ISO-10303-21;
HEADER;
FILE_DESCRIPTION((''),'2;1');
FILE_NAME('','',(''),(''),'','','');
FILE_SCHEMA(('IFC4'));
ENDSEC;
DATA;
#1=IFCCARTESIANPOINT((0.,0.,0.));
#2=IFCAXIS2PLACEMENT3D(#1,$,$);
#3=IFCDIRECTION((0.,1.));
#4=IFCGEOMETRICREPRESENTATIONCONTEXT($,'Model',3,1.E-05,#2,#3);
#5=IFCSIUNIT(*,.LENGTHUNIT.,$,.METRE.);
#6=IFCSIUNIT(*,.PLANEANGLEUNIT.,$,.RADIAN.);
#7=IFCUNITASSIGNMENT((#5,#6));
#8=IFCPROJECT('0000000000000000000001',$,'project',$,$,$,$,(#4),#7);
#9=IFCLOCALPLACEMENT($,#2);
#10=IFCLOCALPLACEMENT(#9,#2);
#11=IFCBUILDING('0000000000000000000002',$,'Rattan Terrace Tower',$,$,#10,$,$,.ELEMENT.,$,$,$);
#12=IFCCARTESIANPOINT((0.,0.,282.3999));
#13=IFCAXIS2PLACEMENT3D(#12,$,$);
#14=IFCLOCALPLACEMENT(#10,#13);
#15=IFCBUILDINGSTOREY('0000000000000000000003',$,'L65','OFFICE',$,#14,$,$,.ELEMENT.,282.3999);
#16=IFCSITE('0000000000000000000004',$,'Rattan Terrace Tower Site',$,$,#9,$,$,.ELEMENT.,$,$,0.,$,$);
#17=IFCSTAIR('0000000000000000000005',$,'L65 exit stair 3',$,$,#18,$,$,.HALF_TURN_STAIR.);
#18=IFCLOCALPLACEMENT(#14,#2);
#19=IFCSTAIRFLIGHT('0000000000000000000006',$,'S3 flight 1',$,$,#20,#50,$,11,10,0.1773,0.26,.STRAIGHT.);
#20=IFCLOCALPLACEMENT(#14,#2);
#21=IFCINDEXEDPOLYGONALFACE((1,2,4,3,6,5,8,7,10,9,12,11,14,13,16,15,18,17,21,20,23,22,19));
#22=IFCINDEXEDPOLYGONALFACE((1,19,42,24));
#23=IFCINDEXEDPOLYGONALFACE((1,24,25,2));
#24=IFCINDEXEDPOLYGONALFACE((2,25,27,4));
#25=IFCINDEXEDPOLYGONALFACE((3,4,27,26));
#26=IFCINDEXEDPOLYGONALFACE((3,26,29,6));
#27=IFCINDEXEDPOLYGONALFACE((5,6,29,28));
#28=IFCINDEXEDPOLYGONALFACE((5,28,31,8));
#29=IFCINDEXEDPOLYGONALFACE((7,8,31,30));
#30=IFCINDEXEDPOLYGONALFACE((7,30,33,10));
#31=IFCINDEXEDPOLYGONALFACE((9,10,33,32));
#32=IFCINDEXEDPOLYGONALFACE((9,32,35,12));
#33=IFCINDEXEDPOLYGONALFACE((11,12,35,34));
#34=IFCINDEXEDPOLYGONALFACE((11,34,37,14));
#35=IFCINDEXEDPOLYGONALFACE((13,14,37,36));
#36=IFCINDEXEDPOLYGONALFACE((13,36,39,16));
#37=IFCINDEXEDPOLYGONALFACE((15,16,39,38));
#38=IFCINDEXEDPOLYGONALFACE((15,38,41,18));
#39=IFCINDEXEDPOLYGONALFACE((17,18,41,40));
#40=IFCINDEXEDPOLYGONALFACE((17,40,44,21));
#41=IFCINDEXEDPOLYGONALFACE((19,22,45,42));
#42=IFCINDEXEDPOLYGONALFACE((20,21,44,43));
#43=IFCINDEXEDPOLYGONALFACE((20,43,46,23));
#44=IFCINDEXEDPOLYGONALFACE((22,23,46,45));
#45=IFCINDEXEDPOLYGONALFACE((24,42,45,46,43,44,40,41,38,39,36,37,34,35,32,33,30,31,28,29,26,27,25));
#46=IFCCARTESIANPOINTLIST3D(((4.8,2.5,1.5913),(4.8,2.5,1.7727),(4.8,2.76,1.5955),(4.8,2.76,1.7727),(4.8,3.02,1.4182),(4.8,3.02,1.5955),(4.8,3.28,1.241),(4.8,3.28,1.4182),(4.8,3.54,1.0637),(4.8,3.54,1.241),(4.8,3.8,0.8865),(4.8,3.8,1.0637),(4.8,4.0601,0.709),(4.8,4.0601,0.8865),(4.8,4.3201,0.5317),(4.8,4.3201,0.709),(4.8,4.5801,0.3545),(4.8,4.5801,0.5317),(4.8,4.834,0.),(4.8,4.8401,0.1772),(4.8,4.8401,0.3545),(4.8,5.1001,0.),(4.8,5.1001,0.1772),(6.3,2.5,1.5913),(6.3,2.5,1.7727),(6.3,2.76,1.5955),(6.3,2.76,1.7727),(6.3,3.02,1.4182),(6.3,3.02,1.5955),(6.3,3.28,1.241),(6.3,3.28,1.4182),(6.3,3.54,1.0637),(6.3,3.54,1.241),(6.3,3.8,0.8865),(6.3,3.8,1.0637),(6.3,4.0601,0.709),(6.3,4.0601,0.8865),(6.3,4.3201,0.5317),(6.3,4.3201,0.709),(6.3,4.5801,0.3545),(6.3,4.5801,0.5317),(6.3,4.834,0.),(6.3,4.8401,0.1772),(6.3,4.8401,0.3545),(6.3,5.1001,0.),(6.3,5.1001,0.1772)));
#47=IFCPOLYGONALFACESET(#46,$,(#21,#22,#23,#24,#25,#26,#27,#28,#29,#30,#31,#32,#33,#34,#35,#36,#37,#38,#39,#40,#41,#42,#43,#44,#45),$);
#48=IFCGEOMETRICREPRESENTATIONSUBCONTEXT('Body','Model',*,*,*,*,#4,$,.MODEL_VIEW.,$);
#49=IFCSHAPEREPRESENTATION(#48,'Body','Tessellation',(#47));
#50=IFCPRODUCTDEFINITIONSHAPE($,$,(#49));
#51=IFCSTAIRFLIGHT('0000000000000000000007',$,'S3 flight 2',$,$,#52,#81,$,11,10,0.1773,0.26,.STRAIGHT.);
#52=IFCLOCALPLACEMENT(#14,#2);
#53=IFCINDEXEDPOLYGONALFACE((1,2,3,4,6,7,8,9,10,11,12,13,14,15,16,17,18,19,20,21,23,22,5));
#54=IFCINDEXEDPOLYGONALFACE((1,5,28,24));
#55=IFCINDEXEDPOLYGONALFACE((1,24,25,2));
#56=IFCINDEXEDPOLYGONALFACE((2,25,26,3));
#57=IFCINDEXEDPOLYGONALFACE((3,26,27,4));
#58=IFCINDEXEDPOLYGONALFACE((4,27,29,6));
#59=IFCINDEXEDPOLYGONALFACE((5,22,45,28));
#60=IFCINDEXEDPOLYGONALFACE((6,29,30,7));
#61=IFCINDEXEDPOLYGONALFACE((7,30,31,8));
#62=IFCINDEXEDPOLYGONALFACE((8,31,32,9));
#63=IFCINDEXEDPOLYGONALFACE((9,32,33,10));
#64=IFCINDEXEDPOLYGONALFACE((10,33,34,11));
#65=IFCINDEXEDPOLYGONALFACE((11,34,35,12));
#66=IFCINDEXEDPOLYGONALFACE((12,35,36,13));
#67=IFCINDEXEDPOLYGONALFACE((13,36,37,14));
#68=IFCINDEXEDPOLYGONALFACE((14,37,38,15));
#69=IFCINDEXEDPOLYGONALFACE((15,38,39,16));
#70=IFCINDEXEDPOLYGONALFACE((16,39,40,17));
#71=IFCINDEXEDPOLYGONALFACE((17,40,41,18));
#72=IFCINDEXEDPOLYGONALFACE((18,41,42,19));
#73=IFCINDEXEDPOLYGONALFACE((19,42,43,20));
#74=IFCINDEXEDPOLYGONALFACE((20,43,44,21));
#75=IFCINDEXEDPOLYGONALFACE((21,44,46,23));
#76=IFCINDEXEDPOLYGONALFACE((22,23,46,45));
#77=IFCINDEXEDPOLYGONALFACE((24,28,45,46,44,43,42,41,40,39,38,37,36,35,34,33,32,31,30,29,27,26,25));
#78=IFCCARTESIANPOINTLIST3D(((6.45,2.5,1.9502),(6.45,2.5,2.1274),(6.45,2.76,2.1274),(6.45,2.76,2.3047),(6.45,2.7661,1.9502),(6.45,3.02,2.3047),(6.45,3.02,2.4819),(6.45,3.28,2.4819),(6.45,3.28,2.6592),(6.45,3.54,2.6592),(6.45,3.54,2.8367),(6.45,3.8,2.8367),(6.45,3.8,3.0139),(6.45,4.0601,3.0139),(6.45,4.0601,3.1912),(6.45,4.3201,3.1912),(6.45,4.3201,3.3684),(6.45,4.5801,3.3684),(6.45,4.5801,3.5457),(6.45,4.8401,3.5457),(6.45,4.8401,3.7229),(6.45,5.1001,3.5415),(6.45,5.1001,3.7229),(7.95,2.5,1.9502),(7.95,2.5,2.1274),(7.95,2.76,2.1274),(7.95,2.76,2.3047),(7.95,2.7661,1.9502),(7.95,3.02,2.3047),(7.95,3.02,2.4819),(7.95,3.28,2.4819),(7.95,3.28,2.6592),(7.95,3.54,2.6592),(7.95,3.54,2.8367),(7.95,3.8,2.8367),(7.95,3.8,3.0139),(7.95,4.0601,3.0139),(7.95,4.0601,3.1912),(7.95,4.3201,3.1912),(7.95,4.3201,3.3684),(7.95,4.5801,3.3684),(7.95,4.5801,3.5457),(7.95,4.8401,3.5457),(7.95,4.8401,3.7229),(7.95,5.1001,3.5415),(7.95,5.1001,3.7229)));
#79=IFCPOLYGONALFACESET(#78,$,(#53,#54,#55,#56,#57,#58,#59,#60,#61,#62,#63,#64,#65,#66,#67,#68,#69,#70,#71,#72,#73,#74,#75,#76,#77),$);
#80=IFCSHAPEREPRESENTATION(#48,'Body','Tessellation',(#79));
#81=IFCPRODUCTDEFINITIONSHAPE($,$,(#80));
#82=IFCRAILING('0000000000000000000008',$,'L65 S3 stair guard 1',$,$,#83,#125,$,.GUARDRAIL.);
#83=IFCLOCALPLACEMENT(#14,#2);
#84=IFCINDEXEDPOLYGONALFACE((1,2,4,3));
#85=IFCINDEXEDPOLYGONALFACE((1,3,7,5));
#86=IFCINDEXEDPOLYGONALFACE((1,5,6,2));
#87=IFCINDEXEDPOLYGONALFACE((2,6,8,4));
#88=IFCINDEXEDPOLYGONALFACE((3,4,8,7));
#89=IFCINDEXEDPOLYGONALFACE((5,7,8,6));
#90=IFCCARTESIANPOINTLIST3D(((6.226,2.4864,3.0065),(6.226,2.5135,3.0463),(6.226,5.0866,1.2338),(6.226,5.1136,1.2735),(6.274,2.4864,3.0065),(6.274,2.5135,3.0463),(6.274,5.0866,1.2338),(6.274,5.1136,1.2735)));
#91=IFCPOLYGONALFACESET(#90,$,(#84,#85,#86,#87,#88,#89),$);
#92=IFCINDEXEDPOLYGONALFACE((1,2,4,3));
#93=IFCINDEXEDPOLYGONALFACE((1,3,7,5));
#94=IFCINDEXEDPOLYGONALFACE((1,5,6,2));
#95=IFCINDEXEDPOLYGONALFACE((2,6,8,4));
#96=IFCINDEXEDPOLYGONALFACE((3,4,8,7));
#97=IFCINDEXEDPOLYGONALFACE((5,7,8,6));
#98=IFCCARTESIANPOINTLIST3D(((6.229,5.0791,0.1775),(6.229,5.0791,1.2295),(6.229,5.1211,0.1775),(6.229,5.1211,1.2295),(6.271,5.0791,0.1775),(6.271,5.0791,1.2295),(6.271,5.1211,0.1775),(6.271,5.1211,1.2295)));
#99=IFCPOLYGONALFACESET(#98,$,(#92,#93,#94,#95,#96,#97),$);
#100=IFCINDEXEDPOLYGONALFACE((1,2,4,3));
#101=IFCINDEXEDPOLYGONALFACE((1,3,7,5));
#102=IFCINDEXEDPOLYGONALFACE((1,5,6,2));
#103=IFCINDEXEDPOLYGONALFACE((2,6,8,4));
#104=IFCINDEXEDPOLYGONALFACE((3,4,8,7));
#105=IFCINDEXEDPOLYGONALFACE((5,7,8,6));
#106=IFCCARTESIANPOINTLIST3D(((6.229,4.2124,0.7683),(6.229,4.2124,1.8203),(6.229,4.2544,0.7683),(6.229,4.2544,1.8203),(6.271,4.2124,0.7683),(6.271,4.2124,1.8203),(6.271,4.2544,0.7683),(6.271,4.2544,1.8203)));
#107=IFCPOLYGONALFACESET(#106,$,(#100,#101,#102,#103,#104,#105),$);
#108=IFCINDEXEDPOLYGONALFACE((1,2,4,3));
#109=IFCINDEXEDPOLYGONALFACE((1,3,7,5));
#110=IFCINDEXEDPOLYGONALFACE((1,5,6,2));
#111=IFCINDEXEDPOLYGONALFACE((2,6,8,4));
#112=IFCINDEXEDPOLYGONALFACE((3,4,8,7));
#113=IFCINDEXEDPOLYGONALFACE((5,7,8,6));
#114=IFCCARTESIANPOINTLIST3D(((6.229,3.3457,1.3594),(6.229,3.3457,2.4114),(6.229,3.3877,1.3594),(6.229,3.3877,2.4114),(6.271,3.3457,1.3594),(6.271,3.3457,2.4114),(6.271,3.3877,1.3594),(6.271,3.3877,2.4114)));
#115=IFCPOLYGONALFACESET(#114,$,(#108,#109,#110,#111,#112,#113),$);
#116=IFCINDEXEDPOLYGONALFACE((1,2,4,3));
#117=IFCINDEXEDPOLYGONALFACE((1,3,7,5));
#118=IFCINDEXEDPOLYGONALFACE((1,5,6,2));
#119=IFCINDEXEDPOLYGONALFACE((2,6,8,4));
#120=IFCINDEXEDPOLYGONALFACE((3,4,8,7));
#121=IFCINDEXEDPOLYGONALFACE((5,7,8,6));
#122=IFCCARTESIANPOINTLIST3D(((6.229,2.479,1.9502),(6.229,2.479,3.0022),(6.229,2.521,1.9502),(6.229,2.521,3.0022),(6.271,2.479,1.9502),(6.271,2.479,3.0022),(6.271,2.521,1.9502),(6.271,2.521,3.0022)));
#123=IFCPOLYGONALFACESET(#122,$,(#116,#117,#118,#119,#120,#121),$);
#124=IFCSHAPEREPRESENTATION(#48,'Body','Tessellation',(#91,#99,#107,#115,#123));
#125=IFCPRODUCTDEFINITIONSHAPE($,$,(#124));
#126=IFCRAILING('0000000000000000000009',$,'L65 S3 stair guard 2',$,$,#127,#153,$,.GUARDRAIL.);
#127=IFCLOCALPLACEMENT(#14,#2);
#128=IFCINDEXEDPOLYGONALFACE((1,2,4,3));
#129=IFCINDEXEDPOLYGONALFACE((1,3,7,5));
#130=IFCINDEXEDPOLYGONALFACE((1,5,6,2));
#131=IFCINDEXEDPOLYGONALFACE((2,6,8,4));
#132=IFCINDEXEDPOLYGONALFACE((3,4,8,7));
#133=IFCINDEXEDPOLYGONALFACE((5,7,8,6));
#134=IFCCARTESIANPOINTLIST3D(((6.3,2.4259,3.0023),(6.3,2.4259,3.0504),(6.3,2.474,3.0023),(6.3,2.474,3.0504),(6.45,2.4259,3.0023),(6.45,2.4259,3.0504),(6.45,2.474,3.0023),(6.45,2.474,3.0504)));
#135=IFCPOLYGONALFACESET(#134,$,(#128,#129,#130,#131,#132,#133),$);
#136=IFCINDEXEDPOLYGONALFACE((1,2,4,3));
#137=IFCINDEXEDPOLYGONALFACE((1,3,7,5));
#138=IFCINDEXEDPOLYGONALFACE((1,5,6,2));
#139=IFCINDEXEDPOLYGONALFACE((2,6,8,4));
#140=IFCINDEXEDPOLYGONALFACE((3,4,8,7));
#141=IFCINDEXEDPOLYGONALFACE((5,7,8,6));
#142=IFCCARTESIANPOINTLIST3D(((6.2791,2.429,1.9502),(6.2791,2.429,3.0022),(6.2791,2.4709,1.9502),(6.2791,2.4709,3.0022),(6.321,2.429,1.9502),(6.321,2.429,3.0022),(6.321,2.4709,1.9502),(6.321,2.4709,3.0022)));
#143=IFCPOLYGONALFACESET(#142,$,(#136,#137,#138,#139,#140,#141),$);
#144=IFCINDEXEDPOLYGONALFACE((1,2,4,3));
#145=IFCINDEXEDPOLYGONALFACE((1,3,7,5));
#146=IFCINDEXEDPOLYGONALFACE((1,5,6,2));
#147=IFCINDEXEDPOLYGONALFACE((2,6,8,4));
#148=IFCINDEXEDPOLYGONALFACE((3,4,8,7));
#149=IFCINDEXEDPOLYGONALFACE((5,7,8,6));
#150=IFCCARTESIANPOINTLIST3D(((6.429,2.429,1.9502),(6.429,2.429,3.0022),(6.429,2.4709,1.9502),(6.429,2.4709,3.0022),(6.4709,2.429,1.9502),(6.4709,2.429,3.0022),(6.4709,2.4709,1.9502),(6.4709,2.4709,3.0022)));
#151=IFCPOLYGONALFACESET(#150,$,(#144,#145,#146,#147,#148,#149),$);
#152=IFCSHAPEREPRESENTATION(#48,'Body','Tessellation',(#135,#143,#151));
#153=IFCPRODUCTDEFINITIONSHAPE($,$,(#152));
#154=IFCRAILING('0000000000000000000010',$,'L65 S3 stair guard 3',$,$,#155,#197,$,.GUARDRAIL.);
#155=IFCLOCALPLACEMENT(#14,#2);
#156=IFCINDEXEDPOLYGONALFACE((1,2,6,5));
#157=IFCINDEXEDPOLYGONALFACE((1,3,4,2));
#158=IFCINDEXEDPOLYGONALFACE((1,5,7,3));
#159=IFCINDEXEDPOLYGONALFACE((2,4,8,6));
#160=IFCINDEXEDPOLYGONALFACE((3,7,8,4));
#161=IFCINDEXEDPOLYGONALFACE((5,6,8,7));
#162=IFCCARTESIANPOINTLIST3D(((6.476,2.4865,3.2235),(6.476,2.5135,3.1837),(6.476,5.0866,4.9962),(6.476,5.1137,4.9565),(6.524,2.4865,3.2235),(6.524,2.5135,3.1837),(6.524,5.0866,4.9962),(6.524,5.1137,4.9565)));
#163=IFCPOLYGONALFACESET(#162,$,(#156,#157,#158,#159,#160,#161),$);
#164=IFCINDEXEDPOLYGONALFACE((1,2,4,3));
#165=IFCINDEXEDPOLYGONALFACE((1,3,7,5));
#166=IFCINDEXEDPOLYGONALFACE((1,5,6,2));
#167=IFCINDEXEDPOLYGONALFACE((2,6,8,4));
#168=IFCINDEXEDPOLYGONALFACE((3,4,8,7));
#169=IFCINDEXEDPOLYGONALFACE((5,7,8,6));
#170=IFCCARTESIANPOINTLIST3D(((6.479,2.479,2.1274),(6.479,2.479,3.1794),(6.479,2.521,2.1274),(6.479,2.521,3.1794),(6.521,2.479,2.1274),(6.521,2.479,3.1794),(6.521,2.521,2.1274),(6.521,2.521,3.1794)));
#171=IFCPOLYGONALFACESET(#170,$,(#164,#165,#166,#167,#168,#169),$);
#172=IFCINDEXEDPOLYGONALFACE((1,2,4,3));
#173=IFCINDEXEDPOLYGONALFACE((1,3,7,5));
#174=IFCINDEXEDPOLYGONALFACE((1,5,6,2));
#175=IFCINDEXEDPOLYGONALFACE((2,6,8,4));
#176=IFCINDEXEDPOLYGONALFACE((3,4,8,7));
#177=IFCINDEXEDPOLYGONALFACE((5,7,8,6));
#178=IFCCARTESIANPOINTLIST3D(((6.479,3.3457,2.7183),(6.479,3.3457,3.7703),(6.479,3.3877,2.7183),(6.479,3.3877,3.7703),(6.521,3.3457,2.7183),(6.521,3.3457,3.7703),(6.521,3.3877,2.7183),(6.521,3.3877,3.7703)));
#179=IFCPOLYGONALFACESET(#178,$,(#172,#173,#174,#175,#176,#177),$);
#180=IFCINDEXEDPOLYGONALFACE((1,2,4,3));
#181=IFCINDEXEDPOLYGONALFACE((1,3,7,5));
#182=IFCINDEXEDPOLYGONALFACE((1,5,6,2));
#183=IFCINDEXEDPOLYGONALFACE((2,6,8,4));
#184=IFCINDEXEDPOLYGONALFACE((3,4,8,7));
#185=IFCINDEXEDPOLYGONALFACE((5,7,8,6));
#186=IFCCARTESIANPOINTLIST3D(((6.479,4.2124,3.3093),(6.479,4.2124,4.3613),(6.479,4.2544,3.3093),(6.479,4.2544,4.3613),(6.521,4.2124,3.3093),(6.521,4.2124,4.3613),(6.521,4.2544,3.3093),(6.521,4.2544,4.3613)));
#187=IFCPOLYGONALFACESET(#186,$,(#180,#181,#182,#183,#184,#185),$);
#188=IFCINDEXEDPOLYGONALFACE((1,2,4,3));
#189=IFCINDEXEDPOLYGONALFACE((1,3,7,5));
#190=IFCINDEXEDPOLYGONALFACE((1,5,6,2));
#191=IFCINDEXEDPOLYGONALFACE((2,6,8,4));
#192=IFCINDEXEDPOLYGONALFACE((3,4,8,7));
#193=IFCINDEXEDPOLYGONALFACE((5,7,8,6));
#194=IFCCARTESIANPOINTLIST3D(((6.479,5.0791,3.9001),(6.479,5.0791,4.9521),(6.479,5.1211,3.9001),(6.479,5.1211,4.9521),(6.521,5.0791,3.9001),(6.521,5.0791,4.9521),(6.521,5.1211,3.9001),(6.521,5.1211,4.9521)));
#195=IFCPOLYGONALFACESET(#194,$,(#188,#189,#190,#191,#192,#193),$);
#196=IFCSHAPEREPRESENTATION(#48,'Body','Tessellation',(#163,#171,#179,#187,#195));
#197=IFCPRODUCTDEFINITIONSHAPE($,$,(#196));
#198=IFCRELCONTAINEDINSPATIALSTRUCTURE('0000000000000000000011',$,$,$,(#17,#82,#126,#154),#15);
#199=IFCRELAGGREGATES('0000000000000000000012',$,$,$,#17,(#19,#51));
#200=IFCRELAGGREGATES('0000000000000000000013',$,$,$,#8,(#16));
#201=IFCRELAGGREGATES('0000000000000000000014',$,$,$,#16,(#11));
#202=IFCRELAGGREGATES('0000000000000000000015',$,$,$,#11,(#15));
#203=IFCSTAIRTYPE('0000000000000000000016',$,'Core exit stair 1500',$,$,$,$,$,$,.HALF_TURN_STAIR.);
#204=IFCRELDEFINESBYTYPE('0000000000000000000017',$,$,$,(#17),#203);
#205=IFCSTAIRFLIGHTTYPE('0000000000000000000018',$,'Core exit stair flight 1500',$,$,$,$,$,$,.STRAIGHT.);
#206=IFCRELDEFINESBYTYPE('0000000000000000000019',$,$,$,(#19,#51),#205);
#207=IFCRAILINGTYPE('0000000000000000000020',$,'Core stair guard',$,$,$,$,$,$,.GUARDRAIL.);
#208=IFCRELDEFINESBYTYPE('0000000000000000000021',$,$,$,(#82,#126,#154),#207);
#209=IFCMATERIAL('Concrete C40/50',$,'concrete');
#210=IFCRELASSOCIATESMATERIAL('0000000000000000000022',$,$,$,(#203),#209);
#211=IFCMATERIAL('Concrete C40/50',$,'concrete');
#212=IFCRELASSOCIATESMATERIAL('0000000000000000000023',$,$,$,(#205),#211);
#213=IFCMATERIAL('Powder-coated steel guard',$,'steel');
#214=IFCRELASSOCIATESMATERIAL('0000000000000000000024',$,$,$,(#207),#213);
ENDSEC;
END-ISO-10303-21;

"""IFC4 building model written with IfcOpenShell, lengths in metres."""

from ifc_helpers import new_model, si_unit, direction, frame, origin, origin_2d, place, context, subcontext, project, spatial, polyline, rectangle, outline, extrude, material, type_object, element, aggregate, save


model = new_model("IFC4")

# Units and contexts
model_context = context("Model", 3, precision=1e-05, world=origin(), true_north=direction((0.0, 1.0)))
body_context = subcontext(model_context, "Body", "Model", "MODEL_VIEW")
ifc_project = project(units=[si_unit("LENGTHUNIT", "METRE"), si_unit("PLANEANGLEUNIT", "RADIAN")], contexts=[model_context])

# Site, building, storey
site_placement = place(None, origin())
site = spatial("IfcSite", under=ifc_project, at=site_placement, Name="Rattan Terrace Tower Site", CompositionType="ELEMENT", RefElevation=0.0)
building_placement = place(site_placement, origin())
building = spatial("IfcBuilding", under=site, at=building_placement, Name="Rattan Terrace Tower", CompositionType="ELEMENT")
storey_placement = place(building_placement, frame((0.0, 0.0, 282.3999)))
storey = spatial("IfcBuildingStorey", under=building, at=storey_placement, Name="L65", Description="OFFICE", CompositionType="ELEMENT", Elevation=282.3999)

# Stair
ifc_material_1 = material(Name="Concrete C40/50", Category="concrete")
stair_type = type_object("IfcStairType", Name="Core exit stair 1500", PredefinedType="HALF_TURN_STAIR", material=ifc_material_1)
stair_1_placement = place(storey_placement, origin())
stair_1 = element("IfcStair", 1, at=stair_1_placement, inside=storey, type_object=stair_type, Name="L65 exit stair 3", PredefinedType="HALF_TURN_STAIR")

# Shared definitions
ifc_material_2 = material(Name="Concrete C40/50", Category="concrete")
stair_flight_type = type_object("IfcStairFlightType", Name="Core exit stair flight 1500", PredefinedType="STRAIGHT", material=ifc_material_2)

# Stair flights
stair_flight_1_placement = place(storey_placement, frame((5.55, 5.1001, 0.0), z_axis=(0.0, 0.0, 1.0), x_axis=(0.0, -1.0, 0.0)))
stair_flight_1 = element("IfcStairFlight", 2, at=stair_flight_1_placement, type_object=stair_flight_type, Name="S3 flight 1", NumberOfRisers=11, NumberOfTreads=10, PredefinedType="STRAIGHT", RiserHeight=0.1773, TreadLength=0.26, context=body_context, shape_type="SweptSolid", body=[
    extrude(outline(polyline([(0.0, 0.0), (0.0, 0.1772), (0.26, 0.1772), (0.26, 0.3545), (0.52, 0.3545), (0.52, 0.5317), (0.78, 0.5317), (0.78, 0.709), (1.04, 0.709), (1.04, 0.8865), (1.3, 0.8865), (1.3, 1.0637), (1.5601, 1.0637), (1.5601, 1.241), (1.8201, 1.241), (1.8201, 1.4182), (2.0801, 1.4182), (2.0801, 1.5955), (2.3401, 1.5955), (2.3401, 1.7727), (2.6001, 1.7727), (2.6001, 1.95), (2.6001, 1.5913), (0.2661, 0.0), (0.0, 0.0)])), frame((0.0, 0.75, 0.0), z_axis=(0.0, -1.0, 0.0), x_axis=(1.0, 0.0, 0.0)), (0.0, 0.0, 1.0), 1.5),
])
stair_flight_2_placement = place(storey_placement, frame((7.2, 2.5, 1.9502), z_axis=(0.0, 0.0, 1.0), x_axis=(0.0, 1.0, 0.0)))
stair_flight_2 = element("IfcStairFlight", 3, at=stair_flight_2_placement, type_object=stair_flight_type, Name="S3 flight 2", NumberOfRisers=11, NumberOfTreads=10, PredefinedType="STRAIGHT", RiserHeight=0.1773, TreadLength=0.26, context=body_context, shape_type="SweptSolid", body=[
    extrude(outline(polyline([(0.0, 0.0), (0.0, 0.1772), (0.26, 0.1772), (0.26, 0.3545), (0.52, 0.3545), (0.52, 0.5317), (0.78, 0.5317), (0.78, 0.709), (1.04, 0.709), (1.04, 0.8865), (1.3, 0.8865), (1.3, 1.0637), (1.5601, 1.0637), (1.5601, 1.241), (1.8201, 1.241), (1.8201, 1.4182), (2.0801, 1.4182), (2.0801, 1.5955), (2.3401, 1.5955), (2.3401, 1.7727), (2.6001, 1.7727), (2.6001, 1.95), (2.6001, 1.5913), (0.2661, 0.0), (0.0, 0.0)])), frame((0.0, 0.75, 0.0), z_axis=(0.0, -1.0, 0.0), x_axis=(1.0, 0.0, 0.0)), (0.0, 0.0, 1.0), 1.5),
])
aggregate(stair_1, [stair_flight_1, stair_flight_2])

# Railings
ifc_material_3 = material(Name="Powder-coated steel guard", Category="steel")
railing_type_1 = type_object("IfcRailingType", Name="Core stair guard", PredefinedType="GUARDRAIL", material=ifc_material_3)
railing_1_placement = place(storey_placement, frame((6.25, 5.1001, 0.1775)))
element("IfcRailing", 4, at=railing_1_placement, inside=storey, type_object=railing_type_1, Name="L65 S3 stair guard 1", PredefinedType="GUARDRAIL", context=body_context, shape_type="SweptSolid", body=[
    extrude(rectangle(XDim=0.0481, YDim=0.0481, at=origin_2d()), frame((0.0, 0.0, 1.0762), z_axis=(0.0, -0.82624, 0.563318), x_axis=(1.0, 0.0, 0.0)), (0.0, 0.0, 1.0), 3.147),
    extrude(rectangle(XDim=0.042, YDim=0.042, at=origin_2d()), origin(), (0.0, 0.0, 1.0), 1.052),
    extrude(rectangle(XDim=0.042, YDim=0.042, at=origin_2d()), frame((0.0, -0.8667, 0.5908)), (0.0, 0.0, 1.0), 1.052),
    extrude(rectangle(XDim=0.042, YDim=0.042, at=origin_2d()), frame((0.0, -1.7334, 1.1819)), (0.0, 0.0, 1.0), 1.052),
    extrude(rectangle(XDim=0.042, YDim=0.042, at=origin_2d()), frame((0.0, -2.6001, 1.7727)), (0.0, 0.0, 1.0), 1.052),
])
railing_2_placement = place(storey_placement, frame((6.3, 2.45, 1.9502)))
element("IfcRailing", 5, at=railing_2_placement, inside=storey, type_object=railing_type_1, Name="L65 S3 stair guard 2", PredefinedType="GUARDRAIL", context=body_context, shape_type="SweptSolid", body=[
    extrude(rectangle(XDim=0.0481, YDim=0.0481, at=origin_2d()), frame((0.0, 0.0, 1.0762), z_axis=(1.0, 0.0, 0.0), x_axis=(0.0, 1.0, 0.0)), (0.0, 0.0, 1.0), 0.1499),
    extrude(rectangle(XDim=0.042, YDim=0.042, at=origin_2d()), origin(), (0.0, 0.0, 1.0), 1.052),
    extrude(rectangle(XDim=0.042, YDim=0.042, at=origin_2d()), frame((0.1499, 0.0, 0.0)), (0.0, 0.0, 1.0), 1.052),
])
railing_3_placement = place(storey_placement, frame((6.5, 2.5, 2.1274)))
element("IfcRailing", 6, at=railing_3_placement, inside=storey, type_object=railing_type_1, Name="L65 S3 stair guard 3", PredefinedType="GUARDRAIL", context=body_context, shape_type="SweptSolid", body=[
    extrude(rectangle(XDim=0.0481, YDim=0.0481, at=origin_2d()), frame((0.0, 0.0, 1.0762), z_axis=(0.0, 0.82624, 0.563318), x_axis=(-1.0, 0.0, 0.0)), (0.0, 0.0, 1.0), 3.147),
    extrude(rectangle(XDim=0.042, YDim=0.042, at=origin_2d()), origin(), (0.0, 0.0, 1.0), 1.052),
    extrude(rectangle(XDim=0.042, YDim=0.042, at=origin_2d()), frame((0.0, 0.8667, 0.5908)), (0.0, 0.0, 1.0), 1.052),
    extrude(rectangle(XDim=0.042, YDim=0.042, at=origin_2d()), frame((0.0, 1.7334, 1.1819)), (0.0, 0.0, 1.0), 1.052),
    extrude(rectangle(XDim=0.042, YDim=0.042, at=origin_2d()), frame((0.0, 2.6001, 1.7727)), (0.0, 0.0, 1.0), 1.052),
])

save(model, "model.ifc")
